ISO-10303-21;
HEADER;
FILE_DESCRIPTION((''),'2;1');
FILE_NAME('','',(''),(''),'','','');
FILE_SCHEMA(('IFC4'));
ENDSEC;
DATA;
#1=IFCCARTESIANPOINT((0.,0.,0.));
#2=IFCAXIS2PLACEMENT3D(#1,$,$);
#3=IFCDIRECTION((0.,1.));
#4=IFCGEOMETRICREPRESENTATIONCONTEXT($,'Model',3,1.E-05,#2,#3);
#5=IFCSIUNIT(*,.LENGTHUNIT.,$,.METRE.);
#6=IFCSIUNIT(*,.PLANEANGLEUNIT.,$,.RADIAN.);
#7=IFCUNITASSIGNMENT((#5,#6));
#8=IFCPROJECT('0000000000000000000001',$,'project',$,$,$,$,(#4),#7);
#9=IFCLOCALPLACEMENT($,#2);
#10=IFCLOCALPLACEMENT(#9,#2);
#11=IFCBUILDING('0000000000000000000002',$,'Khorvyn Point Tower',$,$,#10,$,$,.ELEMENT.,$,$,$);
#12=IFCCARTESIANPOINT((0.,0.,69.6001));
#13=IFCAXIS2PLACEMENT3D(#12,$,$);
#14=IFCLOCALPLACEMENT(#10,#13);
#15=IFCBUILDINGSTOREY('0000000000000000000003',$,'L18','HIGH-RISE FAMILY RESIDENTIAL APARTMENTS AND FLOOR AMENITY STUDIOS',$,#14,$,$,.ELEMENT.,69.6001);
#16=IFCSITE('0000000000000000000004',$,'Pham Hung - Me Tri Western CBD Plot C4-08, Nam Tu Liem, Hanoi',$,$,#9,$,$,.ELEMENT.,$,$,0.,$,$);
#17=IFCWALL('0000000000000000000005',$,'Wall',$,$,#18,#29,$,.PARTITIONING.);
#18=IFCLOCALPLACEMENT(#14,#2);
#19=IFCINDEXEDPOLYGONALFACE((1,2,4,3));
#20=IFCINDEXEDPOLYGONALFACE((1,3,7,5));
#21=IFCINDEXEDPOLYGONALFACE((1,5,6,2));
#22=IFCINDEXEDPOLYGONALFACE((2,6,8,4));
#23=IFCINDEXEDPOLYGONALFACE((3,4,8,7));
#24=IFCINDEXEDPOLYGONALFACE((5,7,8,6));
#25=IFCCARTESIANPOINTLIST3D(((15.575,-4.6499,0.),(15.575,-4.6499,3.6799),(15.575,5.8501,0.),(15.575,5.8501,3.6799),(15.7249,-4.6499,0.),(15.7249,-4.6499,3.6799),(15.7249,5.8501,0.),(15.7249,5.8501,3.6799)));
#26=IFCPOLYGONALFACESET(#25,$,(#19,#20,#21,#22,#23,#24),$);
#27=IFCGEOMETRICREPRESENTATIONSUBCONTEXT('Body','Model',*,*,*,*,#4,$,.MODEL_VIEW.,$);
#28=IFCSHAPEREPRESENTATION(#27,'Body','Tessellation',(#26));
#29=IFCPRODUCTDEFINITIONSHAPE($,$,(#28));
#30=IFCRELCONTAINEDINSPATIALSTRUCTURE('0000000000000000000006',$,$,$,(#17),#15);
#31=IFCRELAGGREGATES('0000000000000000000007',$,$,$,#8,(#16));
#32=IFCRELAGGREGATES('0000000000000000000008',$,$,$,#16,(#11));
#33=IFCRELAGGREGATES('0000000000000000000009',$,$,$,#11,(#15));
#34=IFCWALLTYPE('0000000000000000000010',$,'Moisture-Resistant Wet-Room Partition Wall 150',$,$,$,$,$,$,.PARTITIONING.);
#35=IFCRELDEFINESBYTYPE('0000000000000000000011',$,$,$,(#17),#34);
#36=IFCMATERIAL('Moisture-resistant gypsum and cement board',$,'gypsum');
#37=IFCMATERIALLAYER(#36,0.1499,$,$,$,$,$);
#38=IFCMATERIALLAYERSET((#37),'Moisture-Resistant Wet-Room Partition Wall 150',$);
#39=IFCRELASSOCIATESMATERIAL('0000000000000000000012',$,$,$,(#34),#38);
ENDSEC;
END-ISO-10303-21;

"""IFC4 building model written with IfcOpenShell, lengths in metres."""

from ifc_helpers import new_model, si_unit, direction, frame, frame_2d, origin, place, context, subcontext, project, spatial, rectangle, extrude, material, layer, layer_set, type_object, element, save


model = new_model("IFC4")

# Units and contexts
model_context = context("Model", 3, precision=1e-05, world=origin(), true_north=direction((0.0, 1.0)))
body_context = subcontext(model_context, "Body", "Model", "MODEL_VIEW")
ifc_project = project(units=[si_unit("LENGTHUNIT", "METRE"), si_unit("PLANEANGLEUNIT", "RADIAN")], contexts=[model_context])

# Site, building, storey
site_placement = place(None, origin())
site = spatial("IfcSite", under=ifc_project, at=site_placement, Name="Pham Hung - Me Tri Western CBD Plot C4-08, Nam Tu Liem, Hanoi", CompositionType="ELEMENT", RefElevation=0.0)
building_placement = place(site_placement, origin())
building = spatial("IfcBuilding", under=site, at=building_placement, Name="Khorvyn Point Tower", CompositionType="ELEMENT")
storey_placement = place(building_placement, frame((0.0, 0.0, 69.6001)))
storey = spatial("IfcBuildingStorey", under=building, at=storey_placement, Name="L18", Description="HIGH-RISE FAMILY RESIDENTIAL APARTMENTS AND FLOOR AMENITY STUDIOS", CompositionType="ELEMENT", Elevation=69.6001)

# Shared definitions
ifc_material_1 = material(Name="Moisture-resistant gypsum and cement board", Category="gypsum")
ifc_layer_1 = layer(ifc_material_1, 0.1499)
ifc_layer_set_1 = layer_set([ifc_layer_1], Name="Moisture-Resistant Wet-Room Partition Wall 150")
wall_type_1 = type_object("IfcWallType", Name="Moisture-Resistant Wet-Room Partition Wall 150", PredefinedType="PARTITIONING", material=ifc_layer_set_1)

# Wall
wall_1_placement = place(storey_placement, frame((15.6499, -4.6499, 0.0), z_axis=(0.0, 0.0, 1.0), x_axis=(0.0, 1.0, 0.0)))
element("IfcWall", 1, at=wall_1_placement, inside=storey, type_object=wall_type_1, Name="Wall", PredefinedType="PARTITIONING", context=body_context, shape_type="SweptSolid", body=[
    extrude(rectangle(XDim=10.5, YDim=0.1499, at=frame_2d((5.25, 0.0))), origin(), (0.0, 0.0, 1.0), 3.6799),
])

save(model, "model.ifc")
